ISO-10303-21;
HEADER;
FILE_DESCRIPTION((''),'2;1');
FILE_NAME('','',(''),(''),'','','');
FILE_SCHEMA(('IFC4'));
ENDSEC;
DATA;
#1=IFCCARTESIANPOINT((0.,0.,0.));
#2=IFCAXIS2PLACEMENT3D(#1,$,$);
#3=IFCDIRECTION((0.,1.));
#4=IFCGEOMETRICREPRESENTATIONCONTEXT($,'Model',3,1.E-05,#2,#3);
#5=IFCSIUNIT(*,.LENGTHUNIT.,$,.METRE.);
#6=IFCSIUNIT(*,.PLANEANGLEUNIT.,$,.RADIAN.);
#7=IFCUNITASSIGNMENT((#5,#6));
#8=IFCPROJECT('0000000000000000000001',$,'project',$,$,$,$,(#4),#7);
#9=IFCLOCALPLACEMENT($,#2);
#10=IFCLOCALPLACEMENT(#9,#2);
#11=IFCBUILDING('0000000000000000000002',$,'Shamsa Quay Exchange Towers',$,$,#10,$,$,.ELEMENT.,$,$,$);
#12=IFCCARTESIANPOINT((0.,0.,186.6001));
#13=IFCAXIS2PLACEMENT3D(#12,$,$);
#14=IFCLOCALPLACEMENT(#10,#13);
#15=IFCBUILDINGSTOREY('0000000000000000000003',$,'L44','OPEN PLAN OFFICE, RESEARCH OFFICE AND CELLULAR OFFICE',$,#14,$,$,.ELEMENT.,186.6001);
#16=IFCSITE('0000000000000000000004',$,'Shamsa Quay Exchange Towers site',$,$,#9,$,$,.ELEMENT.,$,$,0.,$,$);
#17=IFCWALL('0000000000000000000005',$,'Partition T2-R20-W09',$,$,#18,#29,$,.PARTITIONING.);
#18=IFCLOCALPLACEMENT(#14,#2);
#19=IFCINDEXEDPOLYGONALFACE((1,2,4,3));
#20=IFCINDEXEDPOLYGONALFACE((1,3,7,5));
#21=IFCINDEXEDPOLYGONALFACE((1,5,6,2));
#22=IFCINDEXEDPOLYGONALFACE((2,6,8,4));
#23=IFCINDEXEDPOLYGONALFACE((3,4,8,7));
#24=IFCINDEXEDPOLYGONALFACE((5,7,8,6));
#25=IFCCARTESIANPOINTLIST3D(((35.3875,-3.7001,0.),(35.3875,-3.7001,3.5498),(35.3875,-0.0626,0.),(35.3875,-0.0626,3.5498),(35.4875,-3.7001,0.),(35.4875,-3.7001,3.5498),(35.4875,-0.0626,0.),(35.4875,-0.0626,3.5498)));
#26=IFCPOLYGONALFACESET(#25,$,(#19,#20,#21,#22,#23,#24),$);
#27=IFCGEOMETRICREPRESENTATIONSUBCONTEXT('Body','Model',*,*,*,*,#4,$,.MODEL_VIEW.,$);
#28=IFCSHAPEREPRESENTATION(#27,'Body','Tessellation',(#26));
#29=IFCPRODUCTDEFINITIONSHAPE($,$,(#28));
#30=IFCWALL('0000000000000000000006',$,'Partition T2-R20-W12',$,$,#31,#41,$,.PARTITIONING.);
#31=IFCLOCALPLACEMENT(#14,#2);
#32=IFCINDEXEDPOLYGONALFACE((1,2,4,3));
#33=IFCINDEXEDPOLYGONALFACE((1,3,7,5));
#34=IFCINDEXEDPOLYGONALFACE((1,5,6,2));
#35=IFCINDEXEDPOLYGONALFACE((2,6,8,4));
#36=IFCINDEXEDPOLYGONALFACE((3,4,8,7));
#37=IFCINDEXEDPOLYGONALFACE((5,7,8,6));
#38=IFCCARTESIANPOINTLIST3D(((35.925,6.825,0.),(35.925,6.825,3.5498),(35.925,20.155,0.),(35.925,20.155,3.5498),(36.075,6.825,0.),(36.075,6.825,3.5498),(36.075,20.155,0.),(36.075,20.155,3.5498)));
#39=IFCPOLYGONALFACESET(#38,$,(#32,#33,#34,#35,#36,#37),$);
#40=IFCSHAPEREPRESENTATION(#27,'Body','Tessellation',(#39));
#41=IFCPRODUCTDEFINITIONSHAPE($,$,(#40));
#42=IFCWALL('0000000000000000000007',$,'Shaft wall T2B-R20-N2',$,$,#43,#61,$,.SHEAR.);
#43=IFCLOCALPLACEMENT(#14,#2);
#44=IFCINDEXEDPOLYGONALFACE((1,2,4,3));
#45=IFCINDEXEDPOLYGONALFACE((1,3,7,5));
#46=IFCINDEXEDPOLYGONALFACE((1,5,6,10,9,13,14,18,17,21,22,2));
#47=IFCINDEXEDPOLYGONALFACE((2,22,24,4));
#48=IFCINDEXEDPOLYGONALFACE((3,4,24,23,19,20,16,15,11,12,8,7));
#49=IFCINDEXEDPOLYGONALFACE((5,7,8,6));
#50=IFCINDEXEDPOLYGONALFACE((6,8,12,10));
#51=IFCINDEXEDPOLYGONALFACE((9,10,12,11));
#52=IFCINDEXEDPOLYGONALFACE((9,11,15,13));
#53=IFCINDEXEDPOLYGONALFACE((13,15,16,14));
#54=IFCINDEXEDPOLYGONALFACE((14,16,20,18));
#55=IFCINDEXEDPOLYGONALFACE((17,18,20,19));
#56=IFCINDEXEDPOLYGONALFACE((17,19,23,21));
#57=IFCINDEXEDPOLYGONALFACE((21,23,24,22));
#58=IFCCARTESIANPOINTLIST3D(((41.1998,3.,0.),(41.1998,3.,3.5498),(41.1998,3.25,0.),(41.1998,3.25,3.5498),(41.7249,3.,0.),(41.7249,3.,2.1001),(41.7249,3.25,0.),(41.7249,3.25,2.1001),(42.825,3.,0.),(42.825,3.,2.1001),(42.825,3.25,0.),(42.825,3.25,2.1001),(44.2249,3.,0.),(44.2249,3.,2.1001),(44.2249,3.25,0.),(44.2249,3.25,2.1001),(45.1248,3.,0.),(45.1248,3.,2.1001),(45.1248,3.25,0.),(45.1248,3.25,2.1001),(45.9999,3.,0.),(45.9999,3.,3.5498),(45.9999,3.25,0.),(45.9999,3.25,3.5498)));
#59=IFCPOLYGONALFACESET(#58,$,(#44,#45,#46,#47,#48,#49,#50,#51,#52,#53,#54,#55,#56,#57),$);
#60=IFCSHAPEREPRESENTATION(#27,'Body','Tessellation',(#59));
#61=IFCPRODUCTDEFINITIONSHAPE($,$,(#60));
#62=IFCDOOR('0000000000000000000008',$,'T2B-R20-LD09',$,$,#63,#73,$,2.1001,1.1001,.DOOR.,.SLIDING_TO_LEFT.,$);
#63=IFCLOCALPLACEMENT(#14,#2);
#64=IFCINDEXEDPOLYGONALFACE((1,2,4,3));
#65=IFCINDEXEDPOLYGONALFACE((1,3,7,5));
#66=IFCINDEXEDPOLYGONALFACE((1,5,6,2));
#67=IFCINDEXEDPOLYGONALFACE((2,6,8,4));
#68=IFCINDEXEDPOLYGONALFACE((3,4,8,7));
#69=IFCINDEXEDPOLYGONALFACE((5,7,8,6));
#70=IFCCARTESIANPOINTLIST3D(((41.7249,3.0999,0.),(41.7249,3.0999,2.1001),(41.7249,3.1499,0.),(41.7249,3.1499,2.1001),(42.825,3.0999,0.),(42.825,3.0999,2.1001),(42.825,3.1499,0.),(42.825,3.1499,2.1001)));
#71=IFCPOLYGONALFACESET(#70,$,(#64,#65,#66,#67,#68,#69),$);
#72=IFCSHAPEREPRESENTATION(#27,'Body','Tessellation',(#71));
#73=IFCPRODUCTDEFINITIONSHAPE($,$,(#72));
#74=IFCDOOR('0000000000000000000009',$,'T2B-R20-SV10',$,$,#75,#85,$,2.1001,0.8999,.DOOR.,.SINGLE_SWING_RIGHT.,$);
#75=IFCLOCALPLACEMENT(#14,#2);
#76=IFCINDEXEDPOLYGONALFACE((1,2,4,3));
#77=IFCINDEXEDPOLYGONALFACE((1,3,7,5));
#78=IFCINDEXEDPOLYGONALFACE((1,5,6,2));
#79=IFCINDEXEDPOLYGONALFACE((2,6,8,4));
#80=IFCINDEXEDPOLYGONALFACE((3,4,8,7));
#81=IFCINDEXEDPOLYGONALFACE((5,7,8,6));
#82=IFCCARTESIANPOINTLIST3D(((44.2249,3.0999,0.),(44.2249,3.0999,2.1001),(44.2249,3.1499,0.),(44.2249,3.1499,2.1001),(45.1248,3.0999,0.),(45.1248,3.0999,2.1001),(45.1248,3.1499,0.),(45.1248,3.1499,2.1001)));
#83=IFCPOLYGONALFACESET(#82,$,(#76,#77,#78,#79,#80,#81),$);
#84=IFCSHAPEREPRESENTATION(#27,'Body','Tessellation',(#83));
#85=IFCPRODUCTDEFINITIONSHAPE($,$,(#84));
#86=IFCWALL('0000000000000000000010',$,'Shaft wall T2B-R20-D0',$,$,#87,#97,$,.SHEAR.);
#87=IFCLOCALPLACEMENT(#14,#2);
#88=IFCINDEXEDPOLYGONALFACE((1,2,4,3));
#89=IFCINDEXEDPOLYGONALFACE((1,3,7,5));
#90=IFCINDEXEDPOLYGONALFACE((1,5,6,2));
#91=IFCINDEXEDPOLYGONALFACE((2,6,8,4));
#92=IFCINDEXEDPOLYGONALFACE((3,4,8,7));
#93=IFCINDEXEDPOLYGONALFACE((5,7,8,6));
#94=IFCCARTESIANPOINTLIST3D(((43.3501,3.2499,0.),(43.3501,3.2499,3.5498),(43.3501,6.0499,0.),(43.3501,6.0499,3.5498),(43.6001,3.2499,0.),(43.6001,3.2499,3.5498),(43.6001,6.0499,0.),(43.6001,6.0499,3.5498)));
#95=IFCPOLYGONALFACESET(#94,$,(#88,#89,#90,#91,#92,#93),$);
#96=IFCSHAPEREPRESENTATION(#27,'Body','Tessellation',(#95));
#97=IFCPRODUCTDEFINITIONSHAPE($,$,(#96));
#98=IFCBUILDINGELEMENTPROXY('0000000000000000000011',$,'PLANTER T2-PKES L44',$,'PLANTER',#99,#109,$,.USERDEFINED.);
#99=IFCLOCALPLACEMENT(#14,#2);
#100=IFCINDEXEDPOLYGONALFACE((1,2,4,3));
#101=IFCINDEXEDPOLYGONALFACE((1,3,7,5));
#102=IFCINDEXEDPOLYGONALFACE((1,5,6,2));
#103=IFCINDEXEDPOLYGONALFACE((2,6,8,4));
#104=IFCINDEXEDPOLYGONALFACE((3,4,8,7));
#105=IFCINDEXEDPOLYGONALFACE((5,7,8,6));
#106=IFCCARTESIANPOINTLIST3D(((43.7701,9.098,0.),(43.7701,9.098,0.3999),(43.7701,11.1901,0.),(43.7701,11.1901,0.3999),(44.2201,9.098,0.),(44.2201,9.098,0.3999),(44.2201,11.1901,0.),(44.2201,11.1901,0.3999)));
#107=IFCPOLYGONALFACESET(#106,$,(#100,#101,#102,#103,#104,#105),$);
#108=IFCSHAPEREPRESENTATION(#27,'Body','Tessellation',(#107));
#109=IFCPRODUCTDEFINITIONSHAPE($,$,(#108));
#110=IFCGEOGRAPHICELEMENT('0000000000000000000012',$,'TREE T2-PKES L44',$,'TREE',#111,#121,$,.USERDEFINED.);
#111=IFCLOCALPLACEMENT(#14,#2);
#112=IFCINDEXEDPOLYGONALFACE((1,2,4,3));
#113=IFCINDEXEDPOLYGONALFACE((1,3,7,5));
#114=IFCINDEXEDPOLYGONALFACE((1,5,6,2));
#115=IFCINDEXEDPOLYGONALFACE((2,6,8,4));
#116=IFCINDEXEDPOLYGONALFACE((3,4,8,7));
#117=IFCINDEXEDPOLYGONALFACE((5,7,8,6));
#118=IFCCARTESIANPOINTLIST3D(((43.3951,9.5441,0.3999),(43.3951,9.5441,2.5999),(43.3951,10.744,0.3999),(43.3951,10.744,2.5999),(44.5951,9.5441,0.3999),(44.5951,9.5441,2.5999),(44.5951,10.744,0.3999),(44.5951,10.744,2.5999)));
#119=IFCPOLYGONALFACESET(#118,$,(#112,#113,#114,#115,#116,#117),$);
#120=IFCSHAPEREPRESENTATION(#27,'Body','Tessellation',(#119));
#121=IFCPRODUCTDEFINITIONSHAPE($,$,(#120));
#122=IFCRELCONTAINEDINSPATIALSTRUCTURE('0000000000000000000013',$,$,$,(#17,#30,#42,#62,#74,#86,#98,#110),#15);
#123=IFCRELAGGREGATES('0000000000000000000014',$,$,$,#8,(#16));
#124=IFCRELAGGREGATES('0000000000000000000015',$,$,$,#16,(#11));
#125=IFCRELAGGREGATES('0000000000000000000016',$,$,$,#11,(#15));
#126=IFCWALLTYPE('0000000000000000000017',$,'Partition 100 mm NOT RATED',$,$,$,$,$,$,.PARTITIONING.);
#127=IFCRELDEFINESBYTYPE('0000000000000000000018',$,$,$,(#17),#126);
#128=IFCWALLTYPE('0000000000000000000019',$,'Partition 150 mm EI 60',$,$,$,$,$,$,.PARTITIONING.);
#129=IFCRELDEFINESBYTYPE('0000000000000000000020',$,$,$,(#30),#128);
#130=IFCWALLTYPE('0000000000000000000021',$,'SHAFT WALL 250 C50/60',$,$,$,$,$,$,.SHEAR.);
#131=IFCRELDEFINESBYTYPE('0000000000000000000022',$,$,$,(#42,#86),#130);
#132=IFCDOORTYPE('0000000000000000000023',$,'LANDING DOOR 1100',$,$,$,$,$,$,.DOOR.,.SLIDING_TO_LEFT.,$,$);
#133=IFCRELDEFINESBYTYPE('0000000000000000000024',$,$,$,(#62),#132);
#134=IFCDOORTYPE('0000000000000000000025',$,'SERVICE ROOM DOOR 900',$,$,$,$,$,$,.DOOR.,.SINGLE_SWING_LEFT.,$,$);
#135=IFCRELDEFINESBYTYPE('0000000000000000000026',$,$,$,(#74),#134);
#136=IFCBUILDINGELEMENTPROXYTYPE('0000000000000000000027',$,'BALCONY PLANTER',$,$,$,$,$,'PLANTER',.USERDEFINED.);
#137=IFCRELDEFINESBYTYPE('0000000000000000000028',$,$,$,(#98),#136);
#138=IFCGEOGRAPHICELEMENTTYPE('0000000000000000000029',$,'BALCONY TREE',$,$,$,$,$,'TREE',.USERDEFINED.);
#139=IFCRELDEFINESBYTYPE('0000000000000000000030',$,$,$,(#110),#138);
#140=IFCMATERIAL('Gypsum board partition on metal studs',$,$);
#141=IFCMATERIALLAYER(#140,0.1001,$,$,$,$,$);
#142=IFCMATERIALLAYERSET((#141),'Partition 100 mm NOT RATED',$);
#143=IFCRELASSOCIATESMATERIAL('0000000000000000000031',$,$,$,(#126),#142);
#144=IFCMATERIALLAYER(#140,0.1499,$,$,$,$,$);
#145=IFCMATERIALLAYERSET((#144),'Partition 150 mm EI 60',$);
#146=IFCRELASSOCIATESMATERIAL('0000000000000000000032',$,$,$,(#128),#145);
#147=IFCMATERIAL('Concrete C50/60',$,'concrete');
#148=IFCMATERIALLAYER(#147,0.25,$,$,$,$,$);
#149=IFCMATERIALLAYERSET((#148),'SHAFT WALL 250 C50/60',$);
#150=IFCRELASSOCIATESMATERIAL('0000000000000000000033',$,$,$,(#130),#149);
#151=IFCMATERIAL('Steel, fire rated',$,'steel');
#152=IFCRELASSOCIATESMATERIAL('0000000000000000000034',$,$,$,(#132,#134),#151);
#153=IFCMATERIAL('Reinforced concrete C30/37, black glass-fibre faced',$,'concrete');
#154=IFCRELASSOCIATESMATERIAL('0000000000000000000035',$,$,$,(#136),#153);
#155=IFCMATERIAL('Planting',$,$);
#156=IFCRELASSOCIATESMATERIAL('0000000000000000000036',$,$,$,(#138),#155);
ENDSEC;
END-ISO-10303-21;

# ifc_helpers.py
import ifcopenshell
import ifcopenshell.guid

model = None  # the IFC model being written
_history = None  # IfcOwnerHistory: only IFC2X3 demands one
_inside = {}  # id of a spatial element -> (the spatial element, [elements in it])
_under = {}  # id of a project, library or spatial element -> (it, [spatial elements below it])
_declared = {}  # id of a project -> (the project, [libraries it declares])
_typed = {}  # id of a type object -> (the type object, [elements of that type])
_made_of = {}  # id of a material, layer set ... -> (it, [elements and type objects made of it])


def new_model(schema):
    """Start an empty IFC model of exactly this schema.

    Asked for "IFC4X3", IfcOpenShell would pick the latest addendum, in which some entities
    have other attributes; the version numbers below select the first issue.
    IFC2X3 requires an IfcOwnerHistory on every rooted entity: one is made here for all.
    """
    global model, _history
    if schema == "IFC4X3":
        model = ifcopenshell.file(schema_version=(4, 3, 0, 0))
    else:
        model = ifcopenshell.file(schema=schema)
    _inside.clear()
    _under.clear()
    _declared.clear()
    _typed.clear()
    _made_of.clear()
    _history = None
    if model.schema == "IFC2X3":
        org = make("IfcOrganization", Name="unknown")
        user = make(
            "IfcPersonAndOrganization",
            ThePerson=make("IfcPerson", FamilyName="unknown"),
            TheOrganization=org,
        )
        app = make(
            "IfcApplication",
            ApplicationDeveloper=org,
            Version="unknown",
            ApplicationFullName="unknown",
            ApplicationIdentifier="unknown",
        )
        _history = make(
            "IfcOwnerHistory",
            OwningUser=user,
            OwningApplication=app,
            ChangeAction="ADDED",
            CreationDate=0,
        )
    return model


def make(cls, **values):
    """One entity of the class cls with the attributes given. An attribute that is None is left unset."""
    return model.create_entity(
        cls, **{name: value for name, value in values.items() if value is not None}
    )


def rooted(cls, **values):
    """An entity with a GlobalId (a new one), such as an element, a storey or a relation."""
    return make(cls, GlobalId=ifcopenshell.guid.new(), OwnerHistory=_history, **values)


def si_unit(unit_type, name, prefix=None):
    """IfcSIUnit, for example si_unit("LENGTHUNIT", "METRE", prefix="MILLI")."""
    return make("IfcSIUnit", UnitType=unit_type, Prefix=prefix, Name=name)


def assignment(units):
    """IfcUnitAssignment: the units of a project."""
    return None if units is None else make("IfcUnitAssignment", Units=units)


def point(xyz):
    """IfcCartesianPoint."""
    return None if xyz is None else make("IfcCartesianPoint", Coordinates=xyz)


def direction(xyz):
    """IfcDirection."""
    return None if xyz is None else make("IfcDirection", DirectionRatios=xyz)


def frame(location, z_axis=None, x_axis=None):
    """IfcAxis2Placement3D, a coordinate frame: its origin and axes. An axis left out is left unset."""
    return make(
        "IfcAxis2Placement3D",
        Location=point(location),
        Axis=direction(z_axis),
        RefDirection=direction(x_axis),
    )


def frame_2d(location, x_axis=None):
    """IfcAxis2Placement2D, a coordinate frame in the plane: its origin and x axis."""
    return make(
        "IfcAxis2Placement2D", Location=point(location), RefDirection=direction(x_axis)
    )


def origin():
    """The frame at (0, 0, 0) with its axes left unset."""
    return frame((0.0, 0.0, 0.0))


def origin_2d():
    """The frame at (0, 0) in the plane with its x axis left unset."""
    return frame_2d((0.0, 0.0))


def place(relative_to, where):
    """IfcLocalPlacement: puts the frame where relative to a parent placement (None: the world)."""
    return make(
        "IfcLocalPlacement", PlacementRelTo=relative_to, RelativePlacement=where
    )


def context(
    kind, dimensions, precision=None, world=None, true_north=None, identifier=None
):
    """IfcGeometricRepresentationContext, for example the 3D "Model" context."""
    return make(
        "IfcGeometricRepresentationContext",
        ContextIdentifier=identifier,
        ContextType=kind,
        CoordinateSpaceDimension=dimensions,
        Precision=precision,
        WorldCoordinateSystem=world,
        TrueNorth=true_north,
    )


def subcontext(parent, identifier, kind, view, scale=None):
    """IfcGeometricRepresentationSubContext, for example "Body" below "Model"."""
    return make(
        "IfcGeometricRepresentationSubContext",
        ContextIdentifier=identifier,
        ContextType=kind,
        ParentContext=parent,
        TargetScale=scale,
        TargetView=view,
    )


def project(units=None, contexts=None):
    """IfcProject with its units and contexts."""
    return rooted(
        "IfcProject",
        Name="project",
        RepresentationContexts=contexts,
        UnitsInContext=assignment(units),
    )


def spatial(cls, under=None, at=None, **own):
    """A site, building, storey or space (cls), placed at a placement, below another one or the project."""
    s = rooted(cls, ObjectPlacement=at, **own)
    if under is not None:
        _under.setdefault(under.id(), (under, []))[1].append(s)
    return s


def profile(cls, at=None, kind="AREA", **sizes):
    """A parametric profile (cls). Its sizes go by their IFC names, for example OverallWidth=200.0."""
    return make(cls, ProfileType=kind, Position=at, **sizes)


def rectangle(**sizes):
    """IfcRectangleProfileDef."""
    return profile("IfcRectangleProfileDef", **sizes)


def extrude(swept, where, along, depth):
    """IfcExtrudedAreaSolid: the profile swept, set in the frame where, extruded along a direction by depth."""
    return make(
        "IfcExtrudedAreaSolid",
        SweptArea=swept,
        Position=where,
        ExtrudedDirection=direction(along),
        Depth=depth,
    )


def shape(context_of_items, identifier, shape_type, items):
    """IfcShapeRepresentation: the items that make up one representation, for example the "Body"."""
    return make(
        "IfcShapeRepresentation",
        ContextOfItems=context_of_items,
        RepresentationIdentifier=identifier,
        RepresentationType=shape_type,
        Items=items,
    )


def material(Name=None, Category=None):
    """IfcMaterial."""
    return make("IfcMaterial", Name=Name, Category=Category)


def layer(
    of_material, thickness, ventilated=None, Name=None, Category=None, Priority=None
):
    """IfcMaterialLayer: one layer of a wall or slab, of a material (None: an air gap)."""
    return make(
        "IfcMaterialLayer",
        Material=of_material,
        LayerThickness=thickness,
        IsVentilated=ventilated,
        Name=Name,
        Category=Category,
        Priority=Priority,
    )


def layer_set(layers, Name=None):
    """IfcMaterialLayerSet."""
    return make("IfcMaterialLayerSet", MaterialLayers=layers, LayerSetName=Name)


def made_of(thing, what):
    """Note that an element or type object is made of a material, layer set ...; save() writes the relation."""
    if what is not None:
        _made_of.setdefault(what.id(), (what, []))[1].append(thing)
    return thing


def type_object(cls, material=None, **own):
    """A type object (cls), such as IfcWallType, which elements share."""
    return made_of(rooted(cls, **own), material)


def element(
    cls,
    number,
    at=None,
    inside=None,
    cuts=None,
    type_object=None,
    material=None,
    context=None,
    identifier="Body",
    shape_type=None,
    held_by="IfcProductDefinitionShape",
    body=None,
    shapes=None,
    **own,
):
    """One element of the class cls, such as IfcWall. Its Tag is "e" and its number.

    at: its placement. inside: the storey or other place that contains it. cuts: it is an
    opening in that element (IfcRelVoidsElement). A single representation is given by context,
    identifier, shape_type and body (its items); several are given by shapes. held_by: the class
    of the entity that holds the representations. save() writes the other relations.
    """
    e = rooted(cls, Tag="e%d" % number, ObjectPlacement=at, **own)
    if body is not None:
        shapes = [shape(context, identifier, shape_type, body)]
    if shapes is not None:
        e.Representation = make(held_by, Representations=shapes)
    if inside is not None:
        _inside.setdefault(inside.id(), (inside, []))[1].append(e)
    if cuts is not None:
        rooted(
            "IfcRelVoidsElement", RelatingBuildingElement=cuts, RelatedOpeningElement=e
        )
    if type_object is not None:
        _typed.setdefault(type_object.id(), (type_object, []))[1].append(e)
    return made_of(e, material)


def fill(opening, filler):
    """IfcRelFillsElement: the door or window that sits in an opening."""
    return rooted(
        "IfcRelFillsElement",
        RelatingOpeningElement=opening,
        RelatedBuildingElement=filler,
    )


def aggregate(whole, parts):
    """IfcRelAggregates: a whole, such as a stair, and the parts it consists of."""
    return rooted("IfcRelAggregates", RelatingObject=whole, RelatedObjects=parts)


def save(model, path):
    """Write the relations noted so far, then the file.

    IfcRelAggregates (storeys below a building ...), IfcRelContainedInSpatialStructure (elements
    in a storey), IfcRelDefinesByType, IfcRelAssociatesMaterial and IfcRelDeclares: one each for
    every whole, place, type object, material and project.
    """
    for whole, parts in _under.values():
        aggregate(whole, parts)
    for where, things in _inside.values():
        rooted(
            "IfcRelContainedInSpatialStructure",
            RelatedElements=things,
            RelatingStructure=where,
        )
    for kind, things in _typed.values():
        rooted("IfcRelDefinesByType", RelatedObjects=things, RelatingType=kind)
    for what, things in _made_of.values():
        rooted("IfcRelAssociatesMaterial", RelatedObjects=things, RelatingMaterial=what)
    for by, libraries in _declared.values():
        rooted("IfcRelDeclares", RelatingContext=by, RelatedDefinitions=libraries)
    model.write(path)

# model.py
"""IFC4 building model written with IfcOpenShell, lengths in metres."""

from ifc_helpers import new_model, si_unit, direction, frame, frame_2d, origin, origin_2d, place, context, subcontext, project, spatial, rectangle, extrude, material, layer, layer_set, type_object, element, fill, save


model = new_model("IFC4")

# Units and contexts
model_context = context("Model", 3, precision=1e-05, world=origin(), true_north=direction((0.0, 1.0)))
body_context = subcontext(model_context, "Body", "Model", "MODEL_VIEW")
ifc_project = project(units=[si_unit("LENGTHUNIT", "METRE"), si_unit("PLANEANGLEUNIT", "RADIAN")], contexts=[model_context])

# Site, building, storey
site_placement = place(None, origin())
site = spatial("IfcSite", under=ifc_project, at=site_placement, Name="Shamsa Quay Exchange Towers site", CompositionType="ELEMENT", RefElevation=0.0)
building_placement = place(site_placement, origin())
building = spatial("IfcBuilding", under=site, at=building_placement, Name="Shamsa Quay Exchange Towers", CompositionType="ELEMENT")
storey_placement = place(building_placement, frame((0.0, 0.0, 186.6001)))
storey = spatial("IfcBuildingStorey", under=building, at=storey_placement, Name="L44", Description="OPEN PLAN OFFICE, RESEARCH OFFICE AND CELLULAR OFFICE", CompositionType="ELEMENT", Elevation=186.6001)

# Walls
ifc_material_1 = material(Name="Gypsum board partition on metal studs")
ifc_layer_1 = layer(ifc_material_1, 0.1001)
ifc_layer_set_1 = layer_set([ifc_layer_1], Name="Partition 100 mm NOT RATED")
wall_type_1 = type_object("IfcWallType", Name="Partition 100 mm NOT RATED", PredefinedType="PARTITIONING", material=ifc_layer_set_1)
wall_1_placement = place(storey_placement, frame((35.4375, -0.0625, 0.0), z_axis=(0.0, 0.0, 1.0), x_axis=(0.0, -1.0, 0.0)))
element("IfcWall", 1, at=wall_1_placement, inside=storey, type_object=wall_type_1, Name="Partition T2-R20-W09", PredefinedType="PARTITIONING", context=body_context, shape_type="SweptSolid", body=[
    extrude(rectangle(XDim=3.6375, YDim=0.1001, at=frame_2d((1.8188, 0.0))), origin(), (0.0, 0.0, 1.0), 3.5498),
])
ifc_layer_2 = layer(ifc_material_1, 0.1499)
ifc_layer_set_2 = layer_set([ifc_layer_2], Name="Partition 150 mm EI 60")
wall_type_2 = type_object("IfcWallType", Name="Partition 150 mm EI 60", PredefinedType="PARTITIONING", material=ifc_layer_set_2)
wall_2_placement = place(storey_placement, frame((36.0, 20.155, 0.0), z_axis=(0.0, 0.0, 1.0), x_axis=(0.0, -1.0, 0.0)))
element("IfcWall", 2, at=wall_2_placement, inside=storey, type_object=wall_type_2, Name="Partition T2-R20-W12", PredefinedType="PARTITIONING", context=body_context, shape_type="SweptSolid", body=[
    extrude(rectangle(XDim=13.3301, YDim=0.1499, at=frame_2d((6.665, 0.0))), origin(), (0.0, 0.0, 1.0), 3.5498),
])

# Wall, openings, doors
ifc_material_2 = material(Name="Concrete C50/60", Category="concrete")
ifc_layer_3 = layer(ifc_material_2, 0.25)
ifc_layer_set_3 = layer_set([ifc_layer_3], Name="SHAFT WALL 250 C50/60")
wall_type_3 = type_object("IfcWallType", Name="SHAFT WALL 250 C50/60", PredefinedType="SHEAR", material=ifc_layer_set_3)
wall_3_placement = place(storey_placement, frame((41.2, 3.125, 0.0)))
wall_3 = element("IfcWall", 3, at=wall_3_placement, inside=storey, type_object=wall_type_3, Name="Shaft wall T2B-R20-N2", PredefinedType="SHEAR", context=body_context, shape_type="SweptSolid", body=[
    extrude(rectangle(XDim=4.8, YDim=0.25, at=frame_2d((2.3999, 0.0))), origin(), (0.0, 0.0, 1.0), 3.5498),
])
opening_1_placement = place(wall_3_placement, frame((0.5249, 0.0, 0.0)))
opening_1 = element("IfcOpeningElement", 4, at=opening_1_placement, cuts=wall_3, PredefinedType="OPENING", context=body_context, shape_type="SweptSolid", body=[
    extrude(rectangle(XDim=1.1001, YDim=2.1001, at=frame_2d((0.55, 1.05))), frame((0.0, 0.135, 0.0), z_axis=(0.0, -1.0, 0.0), x_axis=(1.0, 0.0, 0.0)), (0.0, 0.0, 1.0), 0.27),
])
opening_2_placement = place(wall_3_placement, frame((3.0249, 0.0, 0.0)))
opening_2 = element("IfcOpeningElement", 5, at=opening_2_placement, cuts=wall_3, PredefinedType="OPENING", context=body_context, shape_type="SweptSolid", body=[
    extrude(rectangle(XDim=0.8999, YDim=2.1001, at=frame_2d((0.45, 1.05))), frame((0.0, 0.135, 0.0), z_axis=(0.0, -1.0, 0.0), x_axis=(1.0, 0.0, 0.0)), (0.0, 0.0, 1.0), 0.27),
])
ifc_material_3 = material(Name="Steel, fire rated", Category="steel")
door_type_1 = type_object("IfcDoorType", Name="LANDING DOOR 1100", OperationType="SLIDING_TO_LEFT", PredefinedType="DOOR", material=ifc_material_3)
door_1_placement = place(opening_1_placement, origin())
door_1 = element("IfcDoor", 6, at=door_1_placement, inside=storey, type_object=door_type_1, Name="T2B-R20-LD09", OperationType="SLIDING_TO_LEFT", OverallHeight=2.1001, OverallWidth=1.1001, PredefinedType="DOOR", context=body_context, shape_type="SweptSolid", body=[
    extrude(rectangle(XDim=1.1001, YDim=2.1001, at=frame_2d((0.55, 1.05))), frame((0.0, 0.0249, 0.0), z_axis=(0.0, -1.0, 0.0), x_axis=(1.0, 0.0, 0.0)), (0.0, 0.0, 1.0), 0.05),
])
fill(opening_1, door_1)
door_type_2 = type_object("IfcDoorType", Name="SERVICE ROOM DOOR 900", OperationType="SINGLE_SWING_LEFT", PredefinedType="DOOR", material=ifc_material_3)
door_2_placement = place(opening_2_placement, origin())
door_2 = element("IfcDoor", 7, at=door_2_placement, inside=storey, type_object=door_type_2, Name="T2B-R20-SV10", OperationType="SINGLE_SWING_RIGHT", OverallHeight=2.1001, OverallWidth=0.8999, PredefinedType="DOOR", context=body_context, shape_type="SweptSolid", body=[
    extrude(rectangle(XDim=0.8999, YDim=2.1001, at=frame_2d((0.45, 1.05))), frame((0.0, 0.0249, 0.0), z_axis=(0.0, -1.0, 0.0), x_axis=(1.0, 0.0, 0.0)), (0.0, 0.0, 1.0), 0.05),
])
fill(opening_2, door_2)

# Wall
wall_4_placement = place(storey_placement, frame((43.4751, 3.25, 0.0), z_axis=(0.0, 0.0, 1.0), x_axis=(0.0, 1.0, 0.0)))
element("IfcWall", 8, at=wall_4_placement, inside=storey, type_object=wall_type_3, Name="Shaft wall T2B-R20-D0", PredefinedType="SHEAR", context=body_context, shape_type="SweptSolid", body=[
    extrude(rectangle(XDim=2.8, YDim=0.25, at=frame_2d((1.3999, 0.0))), origin(), (0.0, 0.0, 1.0), 3.5498),
])

# Building element proxy
ifc_material_4 = material(Name="Reinforced concrete C30/37, black glass-fibre faced", Category="concrete")
building_element_proxy_type = type_object("IfcBuildingElementProxyType", Name="BALCONY PLANTER", ElementType="PLANTER", PredefinedType="USERDEFINED", material=ifc_material_4)
proxy_placement = place(storey_placement, frame((43.9951, 10.144, 0.0), z_axis=(0.0, 0.0, 1.0), x_axis=(0.0, 1.0, 0.0)))
element("IfcBuildingElementProxy", 9, at=proxy_placement, inside=storey, type_object=building_element_proxy_type, Name="PLANTER T2-PKES L44", ObjectType="PLANTER", PredefinedType="USERDEFINED", context=body_context, shape_type="SweptSolid", body=[
    extrude(rectangle(XDim=2.092, YDim=0.45, at=origin_2d()), origin(), (0.0, 0.0, 1.0), 0.3999),
])

# Geographic element
ifc_material_5 = material(Name="Planting")
geographic_element_type = type_object("IfcGeographicElementType", Name="BALCONY TREE", ElementType="TREE", PredefinedType="USERDEFINED", material=ifc_material_5)
geographic_element_placement = place(storey_placement, frame((43.9951, 10.144, 0.3999), z_axis=(0.0, 0.0, 1.0), x_axis=(0.0, 1.0, 0.0)))
element("IfcGeographicElement", 10, at=geographic_element_placement, inside=storey, type_object=geographic_element_type, Name="TREE T2-PKES L44", ObjectType="TREE", PredefinedType="USERDEFINED", context=body_context, shape_type="SweptSolid", body=[
    extrude(rectangle(XDim=1.2, YDim=1.2, at=origin_2d()), origin(), (0.0, 0.0, 1.0), 2.2),
])

save(model, "model.ifc")
